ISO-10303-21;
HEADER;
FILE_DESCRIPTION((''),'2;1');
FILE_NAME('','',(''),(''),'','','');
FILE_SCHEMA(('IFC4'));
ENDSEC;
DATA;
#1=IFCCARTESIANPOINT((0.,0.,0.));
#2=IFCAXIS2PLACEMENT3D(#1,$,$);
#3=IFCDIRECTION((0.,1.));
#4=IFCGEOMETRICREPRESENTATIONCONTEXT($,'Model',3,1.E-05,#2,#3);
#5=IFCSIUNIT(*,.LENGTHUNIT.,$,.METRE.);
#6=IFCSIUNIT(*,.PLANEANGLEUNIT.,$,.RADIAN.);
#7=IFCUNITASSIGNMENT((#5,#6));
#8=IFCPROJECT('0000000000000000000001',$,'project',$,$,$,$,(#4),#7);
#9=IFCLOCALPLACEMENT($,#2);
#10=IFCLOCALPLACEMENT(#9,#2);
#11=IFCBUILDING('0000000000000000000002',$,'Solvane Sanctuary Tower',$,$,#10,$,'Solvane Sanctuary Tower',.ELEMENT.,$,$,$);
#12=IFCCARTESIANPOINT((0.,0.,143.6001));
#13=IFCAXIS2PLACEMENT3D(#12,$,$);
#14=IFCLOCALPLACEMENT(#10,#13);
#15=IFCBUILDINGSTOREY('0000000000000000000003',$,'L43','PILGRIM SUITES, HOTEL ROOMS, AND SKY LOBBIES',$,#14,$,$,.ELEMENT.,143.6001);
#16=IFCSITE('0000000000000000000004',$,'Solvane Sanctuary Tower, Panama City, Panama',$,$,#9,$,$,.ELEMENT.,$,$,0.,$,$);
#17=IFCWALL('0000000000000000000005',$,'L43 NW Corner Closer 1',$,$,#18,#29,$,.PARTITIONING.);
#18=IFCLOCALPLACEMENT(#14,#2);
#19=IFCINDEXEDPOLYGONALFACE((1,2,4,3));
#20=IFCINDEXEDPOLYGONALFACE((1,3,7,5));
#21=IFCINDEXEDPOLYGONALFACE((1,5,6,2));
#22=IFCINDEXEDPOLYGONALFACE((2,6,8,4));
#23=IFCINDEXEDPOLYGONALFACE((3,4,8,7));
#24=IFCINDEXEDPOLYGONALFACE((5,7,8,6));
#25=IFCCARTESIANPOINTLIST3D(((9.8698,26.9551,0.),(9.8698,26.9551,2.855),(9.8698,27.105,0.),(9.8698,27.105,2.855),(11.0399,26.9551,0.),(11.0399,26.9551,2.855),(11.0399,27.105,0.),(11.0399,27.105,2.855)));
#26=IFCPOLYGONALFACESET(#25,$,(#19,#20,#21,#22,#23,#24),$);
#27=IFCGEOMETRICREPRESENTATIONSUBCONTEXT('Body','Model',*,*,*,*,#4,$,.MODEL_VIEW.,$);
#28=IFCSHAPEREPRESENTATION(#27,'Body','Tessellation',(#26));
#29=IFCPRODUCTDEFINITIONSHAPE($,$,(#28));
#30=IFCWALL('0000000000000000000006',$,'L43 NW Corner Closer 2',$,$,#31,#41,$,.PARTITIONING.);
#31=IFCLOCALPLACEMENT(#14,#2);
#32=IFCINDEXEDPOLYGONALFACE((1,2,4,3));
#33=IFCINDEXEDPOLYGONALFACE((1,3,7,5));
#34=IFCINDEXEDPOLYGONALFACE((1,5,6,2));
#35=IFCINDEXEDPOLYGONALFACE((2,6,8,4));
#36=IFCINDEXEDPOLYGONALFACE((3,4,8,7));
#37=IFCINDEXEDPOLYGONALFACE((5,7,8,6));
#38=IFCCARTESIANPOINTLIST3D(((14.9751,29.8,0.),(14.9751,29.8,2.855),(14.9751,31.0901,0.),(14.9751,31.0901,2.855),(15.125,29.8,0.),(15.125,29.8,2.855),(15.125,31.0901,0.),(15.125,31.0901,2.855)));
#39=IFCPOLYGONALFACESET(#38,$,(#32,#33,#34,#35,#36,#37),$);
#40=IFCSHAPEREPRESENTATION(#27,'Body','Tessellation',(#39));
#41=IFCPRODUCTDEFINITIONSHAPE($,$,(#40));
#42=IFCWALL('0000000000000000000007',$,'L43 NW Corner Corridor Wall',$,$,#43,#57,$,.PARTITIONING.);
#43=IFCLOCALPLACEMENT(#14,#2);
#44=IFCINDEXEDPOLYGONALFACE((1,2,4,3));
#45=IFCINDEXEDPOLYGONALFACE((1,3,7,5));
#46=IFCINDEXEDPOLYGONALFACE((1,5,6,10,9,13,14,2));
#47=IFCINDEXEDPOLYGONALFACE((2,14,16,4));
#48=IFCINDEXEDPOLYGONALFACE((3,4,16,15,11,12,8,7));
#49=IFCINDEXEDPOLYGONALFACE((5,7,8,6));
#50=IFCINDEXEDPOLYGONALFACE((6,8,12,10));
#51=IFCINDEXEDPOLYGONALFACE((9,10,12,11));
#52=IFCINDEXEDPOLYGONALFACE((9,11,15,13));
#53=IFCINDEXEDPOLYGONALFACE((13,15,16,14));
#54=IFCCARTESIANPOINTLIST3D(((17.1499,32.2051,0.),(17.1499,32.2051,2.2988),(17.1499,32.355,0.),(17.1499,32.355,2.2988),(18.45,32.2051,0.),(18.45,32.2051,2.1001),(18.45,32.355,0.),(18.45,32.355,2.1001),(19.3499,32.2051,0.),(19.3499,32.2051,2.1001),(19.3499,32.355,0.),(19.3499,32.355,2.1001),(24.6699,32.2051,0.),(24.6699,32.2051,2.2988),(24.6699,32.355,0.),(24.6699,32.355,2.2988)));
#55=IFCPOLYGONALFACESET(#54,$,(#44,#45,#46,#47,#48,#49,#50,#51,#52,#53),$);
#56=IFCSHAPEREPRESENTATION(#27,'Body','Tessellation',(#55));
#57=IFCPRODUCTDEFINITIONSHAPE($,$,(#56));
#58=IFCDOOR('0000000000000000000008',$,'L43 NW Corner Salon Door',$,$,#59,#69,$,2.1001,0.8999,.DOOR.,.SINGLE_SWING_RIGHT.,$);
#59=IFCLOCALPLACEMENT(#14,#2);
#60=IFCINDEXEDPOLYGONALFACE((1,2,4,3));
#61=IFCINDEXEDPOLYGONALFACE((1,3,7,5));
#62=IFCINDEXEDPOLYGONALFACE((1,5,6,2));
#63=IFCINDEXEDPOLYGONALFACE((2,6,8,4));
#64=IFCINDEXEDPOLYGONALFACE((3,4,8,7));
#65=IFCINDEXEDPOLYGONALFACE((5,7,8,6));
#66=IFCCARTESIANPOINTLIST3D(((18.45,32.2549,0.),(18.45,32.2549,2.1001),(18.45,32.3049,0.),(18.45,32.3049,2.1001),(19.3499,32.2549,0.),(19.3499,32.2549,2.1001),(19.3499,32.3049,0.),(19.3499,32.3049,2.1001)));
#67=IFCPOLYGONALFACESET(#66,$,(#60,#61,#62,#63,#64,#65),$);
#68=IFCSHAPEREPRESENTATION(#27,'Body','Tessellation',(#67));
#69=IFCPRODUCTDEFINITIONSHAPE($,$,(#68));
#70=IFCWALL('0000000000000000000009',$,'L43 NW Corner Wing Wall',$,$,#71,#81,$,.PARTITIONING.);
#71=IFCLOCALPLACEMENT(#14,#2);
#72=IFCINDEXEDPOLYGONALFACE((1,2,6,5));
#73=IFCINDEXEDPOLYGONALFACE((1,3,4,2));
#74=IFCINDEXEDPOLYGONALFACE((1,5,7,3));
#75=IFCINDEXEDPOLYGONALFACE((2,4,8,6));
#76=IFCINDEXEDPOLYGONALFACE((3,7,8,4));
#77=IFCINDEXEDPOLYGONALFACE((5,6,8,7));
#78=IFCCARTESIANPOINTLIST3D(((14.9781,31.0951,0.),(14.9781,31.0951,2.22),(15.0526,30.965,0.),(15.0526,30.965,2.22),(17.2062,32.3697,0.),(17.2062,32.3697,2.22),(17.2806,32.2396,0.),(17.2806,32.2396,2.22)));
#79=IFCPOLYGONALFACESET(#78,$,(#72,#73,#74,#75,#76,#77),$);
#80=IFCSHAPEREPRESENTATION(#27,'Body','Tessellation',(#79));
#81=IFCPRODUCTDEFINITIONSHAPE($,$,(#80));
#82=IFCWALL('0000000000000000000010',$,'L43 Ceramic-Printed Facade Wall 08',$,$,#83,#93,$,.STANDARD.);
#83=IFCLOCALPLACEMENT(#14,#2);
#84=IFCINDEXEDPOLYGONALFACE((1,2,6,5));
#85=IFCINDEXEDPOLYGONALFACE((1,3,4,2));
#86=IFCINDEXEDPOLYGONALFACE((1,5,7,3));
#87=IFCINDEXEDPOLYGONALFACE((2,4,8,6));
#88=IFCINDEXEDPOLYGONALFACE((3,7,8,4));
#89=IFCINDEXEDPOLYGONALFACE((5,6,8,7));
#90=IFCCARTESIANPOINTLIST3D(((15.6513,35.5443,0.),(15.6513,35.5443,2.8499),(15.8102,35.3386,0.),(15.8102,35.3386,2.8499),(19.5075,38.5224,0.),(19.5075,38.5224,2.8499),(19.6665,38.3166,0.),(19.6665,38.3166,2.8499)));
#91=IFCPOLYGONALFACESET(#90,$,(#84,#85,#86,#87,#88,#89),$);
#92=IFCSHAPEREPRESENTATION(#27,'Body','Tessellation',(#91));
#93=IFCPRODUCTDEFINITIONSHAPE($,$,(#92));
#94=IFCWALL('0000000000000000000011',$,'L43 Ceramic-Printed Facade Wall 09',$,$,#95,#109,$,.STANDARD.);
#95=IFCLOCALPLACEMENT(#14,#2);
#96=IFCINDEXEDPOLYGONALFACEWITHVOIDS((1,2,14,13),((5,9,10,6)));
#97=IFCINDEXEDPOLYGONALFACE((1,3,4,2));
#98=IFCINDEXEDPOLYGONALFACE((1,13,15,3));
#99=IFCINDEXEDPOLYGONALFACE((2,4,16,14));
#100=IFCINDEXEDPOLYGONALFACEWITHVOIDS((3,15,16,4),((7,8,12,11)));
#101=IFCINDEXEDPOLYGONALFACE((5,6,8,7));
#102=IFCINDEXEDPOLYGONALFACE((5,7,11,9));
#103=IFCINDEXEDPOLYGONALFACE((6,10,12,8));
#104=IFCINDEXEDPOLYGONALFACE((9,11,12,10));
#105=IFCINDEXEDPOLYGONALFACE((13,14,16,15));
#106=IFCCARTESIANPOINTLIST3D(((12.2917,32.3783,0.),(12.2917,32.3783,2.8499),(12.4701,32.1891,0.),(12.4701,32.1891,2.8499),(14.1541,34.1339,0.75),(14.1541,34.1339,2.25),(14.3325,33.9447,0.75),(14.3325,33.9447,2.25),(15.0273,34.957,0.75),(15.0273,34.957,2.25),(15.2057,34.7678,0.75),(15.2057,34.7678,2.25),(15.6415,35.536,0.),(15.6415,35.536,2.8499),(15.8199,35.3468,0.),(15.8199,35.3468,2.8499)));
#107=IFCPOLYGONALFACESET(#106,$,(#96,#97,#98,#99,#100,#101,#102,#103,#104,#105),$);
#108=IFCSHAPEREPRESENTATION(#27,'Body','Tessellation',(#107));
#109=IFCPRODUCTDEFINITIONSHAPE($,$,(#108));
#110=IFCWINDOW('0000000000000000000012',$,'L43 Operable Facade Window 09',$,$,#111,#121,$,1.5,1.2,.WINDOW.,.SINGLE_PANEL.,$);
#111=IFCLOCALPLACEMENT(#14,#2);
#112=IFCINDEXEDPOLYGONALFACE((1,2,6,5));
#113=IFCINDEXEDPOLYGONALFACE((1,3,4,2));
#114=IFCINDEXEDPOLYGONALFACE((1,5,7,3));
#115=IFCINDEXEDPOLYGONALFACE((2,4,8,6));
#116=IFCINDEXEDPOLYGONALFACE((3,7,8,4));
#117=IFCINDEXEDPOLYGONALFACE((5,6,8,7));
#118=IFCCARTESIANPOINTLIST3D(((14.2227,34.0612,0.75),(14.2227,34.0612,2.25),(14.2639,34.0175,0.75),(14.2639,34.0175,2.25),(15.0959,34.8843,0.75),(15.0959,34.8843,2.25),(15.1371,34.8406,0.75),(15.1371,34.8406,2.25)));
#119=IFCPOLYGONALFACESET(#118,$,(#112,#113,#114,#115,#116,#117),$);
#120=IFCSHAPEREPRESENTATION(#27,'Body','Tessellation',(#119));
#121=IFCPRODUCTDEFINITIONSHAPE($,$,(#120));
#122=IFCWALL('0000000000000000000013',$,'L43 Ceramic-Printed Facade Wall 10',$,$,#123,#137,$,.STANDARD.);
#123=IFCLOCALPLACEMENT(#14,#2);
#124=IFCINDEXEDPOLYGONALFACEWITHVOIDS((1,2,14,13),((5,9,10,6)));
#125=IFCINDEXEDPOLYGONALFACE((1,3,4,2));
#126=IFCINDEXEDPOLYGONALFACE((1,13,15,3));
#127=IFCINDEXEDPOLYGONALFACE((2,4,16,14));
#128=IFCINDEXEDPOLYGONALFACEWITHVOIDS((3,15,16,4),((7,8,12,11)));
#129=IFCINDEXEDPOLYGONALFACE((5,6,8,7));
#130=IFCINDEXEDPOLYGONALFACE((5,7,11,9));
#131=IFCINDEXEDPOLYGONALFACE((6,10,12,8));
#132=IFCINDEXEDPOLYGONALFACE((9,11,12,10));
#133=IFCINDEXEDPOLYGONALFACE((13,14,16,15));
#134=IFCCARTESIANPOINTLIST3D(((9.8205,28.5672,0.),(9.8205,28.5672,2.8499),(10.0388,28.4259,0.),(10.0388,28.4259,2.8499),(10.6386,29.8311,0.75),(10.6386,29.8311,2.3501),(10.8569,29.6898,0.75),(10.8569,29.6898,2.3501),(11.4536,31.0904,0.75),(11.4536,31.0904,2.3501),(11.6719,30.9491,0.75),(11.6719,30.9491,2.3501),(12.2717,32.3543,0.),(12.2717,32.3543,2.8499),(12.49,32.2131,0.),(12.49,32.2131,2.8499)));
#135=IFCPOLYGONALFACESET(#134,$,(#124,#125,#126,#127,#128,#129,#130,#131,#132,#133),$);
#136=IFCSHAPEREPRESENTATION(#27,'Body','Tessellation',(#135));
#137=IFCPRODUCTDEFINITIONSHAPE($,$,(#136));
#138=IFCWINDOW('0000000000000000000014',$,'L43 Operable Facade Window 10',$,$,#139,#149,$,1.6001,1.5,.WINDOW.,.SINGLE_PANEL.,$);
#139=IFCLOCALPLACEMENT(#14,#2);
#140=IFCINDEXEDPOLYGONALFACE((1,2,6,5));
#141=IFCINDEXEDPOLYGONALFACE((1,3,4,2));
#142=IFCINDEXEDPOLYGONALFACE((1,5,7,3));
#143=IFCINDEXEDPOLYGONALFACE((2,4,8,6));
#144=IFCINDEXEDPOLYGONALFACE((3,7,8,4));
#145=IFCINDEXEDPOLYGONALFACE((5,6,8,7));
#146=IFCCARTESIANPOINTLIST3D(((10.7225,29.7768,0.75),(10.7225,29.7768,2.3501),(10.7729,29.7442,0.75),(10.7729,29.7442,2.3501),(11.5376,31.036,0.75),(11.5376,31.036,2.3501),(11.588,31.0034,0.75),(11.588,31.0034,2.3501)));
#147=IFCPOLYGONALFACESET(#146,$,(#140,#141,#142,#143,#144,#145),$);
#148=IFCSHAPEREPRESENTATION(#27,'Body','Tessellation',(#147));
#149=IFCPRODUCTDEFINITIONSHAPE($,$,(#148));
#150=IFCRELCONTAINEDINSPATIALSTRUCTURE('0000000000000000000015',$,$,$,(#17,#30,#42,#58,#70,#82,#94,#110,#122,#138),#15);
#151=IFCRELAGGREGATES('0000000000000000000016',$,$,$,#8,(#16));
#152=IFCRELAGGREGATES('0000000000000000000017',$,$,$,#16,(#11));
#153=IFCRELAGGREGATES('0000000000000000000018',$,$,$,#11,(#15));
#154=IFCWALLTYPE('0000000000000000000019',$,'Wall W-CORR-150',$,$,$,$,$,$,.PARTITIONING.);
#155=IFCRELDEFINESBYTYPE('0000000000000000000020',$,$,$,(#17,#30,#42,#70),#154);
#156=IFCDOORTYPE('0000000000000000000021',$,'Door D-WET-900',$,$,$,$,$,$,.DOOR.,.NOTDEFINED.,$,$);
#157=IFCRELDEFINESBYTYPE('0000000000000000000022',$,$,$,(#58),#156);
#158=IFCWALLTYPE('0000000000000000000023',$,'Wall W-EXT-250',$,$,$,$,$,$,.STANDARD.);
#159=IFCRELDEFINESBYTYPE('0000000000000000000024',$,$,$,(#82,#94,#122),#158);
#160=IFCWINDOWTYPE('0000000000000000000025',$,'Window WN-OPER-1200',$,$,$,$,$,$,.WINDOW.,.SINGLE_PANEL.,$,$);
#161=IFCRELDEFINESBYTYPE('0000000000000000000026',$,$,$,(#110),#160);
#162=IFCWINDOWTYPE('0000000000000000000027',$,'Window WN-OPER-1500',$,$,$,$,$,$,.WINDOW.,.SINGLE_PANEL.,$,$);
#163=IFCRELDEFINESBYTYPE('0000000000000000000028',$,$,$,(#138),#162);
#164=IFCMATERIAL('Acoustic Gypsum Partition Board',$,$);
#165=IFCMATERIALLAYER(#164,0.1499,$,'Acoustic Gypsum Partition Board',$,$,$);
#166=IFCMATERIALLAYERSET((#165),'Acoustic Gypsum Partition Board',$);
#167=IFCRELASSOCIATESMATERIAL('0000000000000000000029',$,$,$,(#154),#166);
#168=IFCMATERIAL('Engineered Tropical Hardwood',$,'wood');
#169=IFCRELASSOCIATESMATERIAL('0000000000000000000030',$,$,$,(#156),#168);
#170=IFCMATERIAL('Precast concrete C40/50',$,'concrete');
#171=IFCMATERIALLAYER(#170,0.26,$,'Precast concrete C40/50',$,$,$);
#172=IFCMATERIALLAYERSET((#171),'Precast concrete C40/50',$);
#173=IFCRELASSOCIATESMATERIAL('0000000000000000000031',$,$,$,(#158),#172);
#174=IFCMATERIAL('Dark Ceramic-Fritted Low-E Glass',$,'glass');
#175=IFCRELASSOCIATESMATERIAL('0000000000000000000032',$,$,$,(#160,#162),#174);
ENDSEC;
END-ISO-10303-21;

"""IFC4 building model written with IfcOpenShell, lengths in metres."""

from ifc_helpers import new_model, si_unit, direction, frame, frame_2d, origin, place, context, subcontext, project, spatial, rectangle, extrude, material, layer, layer_set, type_object, element, fill, save


model = new_model("IFC4")

# Units and contexts
model_context = context("Model", 3, precision=1e-05, world=origin(), true_north=direction((0.0, 1.0)))
body_context = subcontext(model_context, "Body", "Model", "MODEL_VIEW")
ifc_project = project(units=[si_unit("LENGTHUNIT", "METRE"), si_unit("PLANEANGLEUNIT", "RADIAN")], contexts=[model_context])

# Site, building, storey
site_placement = place(None, origin())
site = spatial("IfcSite", under=ifc_project, at=site_placement, Name="Solvane Sanctuary Tower, Panama City, Panama", CompositionType="ELEMENT", RefElevation=0.0)
building_placement = place(site_placement, origin())
building = spatial("IfcBuilding", under=site, at=building_placement, Name="Solvane Sanctuary Tower", LongName="Solvane Sanctuary Tower", CompositionType="ELEMENT")
storey_placement = place(building_placement, frame((0.0, 0.0, 143.6001)))
storey = spatial("IfcBuildingStorey", under=building, at=storey_placement, Name="L43", Description="PILGRIM SUITES, HOTEL ROOMS, AND SKY LOBBIES", CompositionType="ELEMENT", Elevation=143.6001)

# Walls
ifc_material_1 = material(Name="Acoustic Gypsum Partition Board")
ifc_layer_1 = layer(ifc_material_1, 0.1499, Name="Acoustic Gypsum Partition Board")
ifc_layer_set_1 = layer_set([ifc_layer_1], Name="Acoustic Gypsum Partition Board")
wall_type_1 = type_object("IfcWallType", Name="Wall W-CORR-150", PredefinedType="PARTITIONING", material=ifc_layer_set_1)
wall_1_placement = place(storey_placement, frame((9.8699, 27.03, 0.0), z_axis=(0.0, 0.0, 1.0), x_axis=(1.0, 0.0, 0.0)))
element("IfcWall", 1, at=wall_1_placement, inside=storey, type_object=wall_type_1, Name="L43 NW Corner Closer 1", PredefinedType="PARTITIONING", context=body_context, shape_type="SweptSolid", body=[
    extrude(rectangle(XDim=1.1702, YDim=0.1499, at=frame_2d((0.585, 0.0))), origin(), (0.0, 0.0, 1.0), 2.855),
])
wall_2_placement = place(storey_placement, frame((15.05, 29.8, 0.0), z_axis=(0.0, 0.0, 1.0), x_axis=(0.0, 1.0, 0.0)))
element("IfcWall", 2, at=wall_2_placement, inside=storey, type_object=wall_type_1, Name="L43 NW Corner Closer 2", PredefinedType="PARTITIONING", context=body_context, shape_type="SweptSolid", body=[
    extrude(rectangle(XDim=1.29, YDim=0.1499, at=frame_2d((0.645, 0.0))), origin(), (0.0, 0.0, 1.0), 2.855),
])

# Wall, opening, door
wall_3_placement = place(storey_placement, frame((17.1499, 32.28, 0.0), z_axis=(0.0, 0.0, 1.0), x_axis=(1.0, 0.0, 0.0)))
wall_3 = element("IfcWall", 3, at=wall_3_placement, inside=storey, type_object=wall_type_1, Name="L43 NW Corner Corridor Wall", PredefinedType="PARTITIONING", context=body_context, shape_type="SweptSolid", body=[
    extrude(rectangle(XDim=7.52, YDim=0.1499, at=frame_2d((3.76, 0.0))), origin(), (0.0, 0.0, 1.0), 2.2988),
])
opening_1_placement = place(wall_3_placement, frame((1.3, 0.0, 0.0)))
opening_1 = element("IfcOpeningElement", 4, at=opening_1_placement, cuts=wall_3, PredefinedType="OPENING", context=body_context, shape_type="SweptSolid", body=[
    extrude(rectangle(XDim=0.8999, YDim=2.1001, at=frame_2d((0.45, 1.05))), frame((0.0, 0.085, 0.0), z_axis=(0.0, -1.0, 0.0), x_axis=(1.0, 0.0, 0.0)), (0.0, 0.0, 1.0), 0.1699),
])
ifc_material_2 = material(Name="Engineered Tropical Hardwood", Category="wood")
door_type_1 = type_object("IfcDoorType", Name="Door D-WET-900", OperationType="NOTDEFINED", PredefinedType="DOOR", material=ifc_material_2)
door_1_placement = place(opening_1_placement, origin())
door_1 = element("IfcDoor", 5, at=door_1_placement, inside=storey, type_object=door_type_1, Name="L43 NW Corner Salon Door", OperationType="SINGLE_SWING_RIGHT", OverallHeight=2.1001, OverallWidth=0.8999, PredefinedType="DOOR", context=body_context, shape_type="SweptSolid", body=[
    extrude(rectangle(XDim=0.8999, YDim=2.1001, at=frame_2d((0.45, 1.05))), frame((0.0, 0.0249, 0.0), z_axis=(0.0, -1.0, 0.0), x_axis=(1.0, 0.0, 0.0)), (0.0, 0.0, 1.0), 0.05),
])
fill(opening_1, door_1)

# Walls
wall_4_placement = place(storey_placement, frame((17.2434, 32.3047, 0.0), z_axis=(0.0, 0.0, 1.0), x_axis=(-0.867991, -0.496579, 0.0)))
element("IfcWall", 6, at=wall_4_placement, inside=storey, type_object=wall_type_1, Name="L43 NW Corner Wing Wall", PredefinedType="PARTITIONING", context=body_context, shape_type="SweptSolid", body=[
    extrude(rectangle(XDim=2.5669, YDim=0.1499, at=frame_2d((1.2834, 0.0))), origin(), (0.0, 0.0, 1.0), 2.22),
])
ifc_material_3 = material(Name="Precast concrete C40/50", Category="concrete")
ifc_layer_2 = layer(ifc_material_3, 0.26, Name="Precast concrete C40/50")
ifc_layer_set_2 = layer_set([ifc_layer_2], Name="Precast concrete C40/50")
wall_type_2 = type_object("IfcWallType", Name="Wall W-EXT-250", PredefinedType="STANDARD", material=ifc_layer_set_2)
wall_5_placement = place(storey_placement, frame((19.5869, 38.4194, 0.0), z_axis=(0.0, 0.0, 1.0), x_axis=(-0.79146, -0.611221, 0.0)))
element("IfcWall", 7, at=wall_5_placement, inside=storey, type_object=wall_type_2, Name="L43 Ceramic-Printed Facade Wall 08", PredefinedType="STANDARD", context=body_context, shape_type="SweptSolid", body=[
    extrude(rectangle(XDim=4.8723, YDim=0.26, at=frame_2d((2.436, 0.0))), origin(), (0.0, 0.0, 1.0), 2.8499),
])

# Walls, openings, windows
wall_6_placement = place(storey_placement, frame((15.7307, 35.4414, 0.0), z_axis=(0.0, 0.0, 1.0), x_axis=(-0.727667, -0.68593, 0.0)))
wall_6 = element("IfcWall", 8, at=wall_6_placement, inside=storey, type_object=wall_type_2, Name="L43 Ceramic-Printed Facade Wall 09", PredefinedType="STANDARD", context=body_context, shape_type="SweptSolid", body=[
    extrude(rectangle(XDim=4.6035, YDim=0.26, at=frame_2d((2.3018, 0.0))), origin(), (0.0, 0.0, 1.0), 2.8499),
])
opening_2_placement = place(wall_6_placement, frame((0.844, 0.0, 0.75)))
opening_2 = element("IfcOpeningElement", 9, at=opening_2_placement, cuts=wall_6, PredefinedType="OPENING", context=body_context, shape_type="SweptSolid", body=[
    extrude(rectangle(XDim=1.2, YDim=1.5, at=frame_2d((0.6001, 0.75))), frame((0.0, 0.1399, 0.0), z_axis=(0.0, -1.0, 0.0), x_axis=(1.0, 0.0, 0.0)), (0.0, 0.0, 1.0), 0.28),
])
ifc_material_4 = material(Name="Dark Ceramic-Fritted Low-E Glass", Category="glass")
window_type_1 = type_object("IfcWindowType", Name="Window WN-OPER-1200", PartitioningType="SINGLE_PANEL", PredefinedType="WINDOW", material=ifc_material_4)
window_1_placement = place(opening_2_placement, origin())
window_1 = element("IfcWindow", 10, at=window_1_placement, inside=storey, type_object=window_type_1, Name="L43 Operable Facade Window 09", OverallHeight=1.5, OverallWidth=1.2, PartitioningType="SINGLE_PANEL", PredefinedType="WINDOW", context=body_context, shape_type="SweptSolid", body=[
    extrude(rectangle(XDim=1.2, YDim=1.5, at=frame_2d((0.6001, 0.75))), frame((0.0, 0.03, 0.0), z_axis=(0.0, -1.0, 0.0), x_axis=(1.0, 0.0, 0.0)), (0.0, 0.0, 1.0), 0.0601),
])
fill(opening_2, window_1)
wall_7_placement = place(storey_placement, frame((12.3809, 32.2837, 0.0), z_axis=(0.0, 0.0, 1.0), x_axis=(-0.543359, -0.8395, 0.0)))
wall_7 = element("IfcWall", 11, at=wall_7_placement, inside=storey, type_object=wall_type_2, Name="L43 Ceramic-Printed Facade Wall 10", PredefinedType="STANDARD", context=body_context, shape_type="SweptSolid", body=[
    extrude(rectangle(XDim=4.5112, YDim=0.26, at=frame_2d((2.2556, 0.0))), origin(), (0.0, 0.0, 1.0), 2.8499),
])
opening_3_placement = place(wall_7_placement, frame((1.5056, 0.0, 0.75)))
opening_3 = element("IfcOpeningElement", 12, at=opening_3_placement, cuts=wall_7, PredefinedType="OPENING", context=body_context, shape_type="SweptSolid", body=[
    extrude(rectangle(XDim=1.5, YDim=1.6001, at=frame_2d((0.75, 0.8))), frame((0.0, 0.1399, 0.0), z_axis=(0.0, -1.0, 0.0), x_axis=(1.0, 0.0, 0.0)), (0.0, 0.0, 1.0), 0.28),
])
window_type_2 = type_object("IfcWindowType", Name="Window WN-OPER-1500", PartitioningType="SINGLE_PANEL", PredefinedType="WINDOW", material=ifc_material_4)
window_2_placement = place(opening_3_placement, origin())
window_2 = element("IfcWindow", 13, at=window_2_placement, inside=storey, type_object=window_type_2, Name="L43 Operable Facade Window 10", OverallHeight=1.6001, OverallWidth=1.5, PartitioningType="SINGLE_PANEL", PredefinedType="WINDOW", context=body_context, shape_type="SweptSolid", body=[
    extrude(rectangle(XDim=1.5, YDim=1.6001, at=frame_2d((0.75, 0.8))), frame((0.0, 0.03, 0.0), z_axis=(0.0, -1.0, 0.0), x_axis=(1.0, 0.0, 0.0)), (0.0, 0.0, 1.0), 0.0601),
])
fill(opening_3, window_2)

save(model, "model.ifc")
